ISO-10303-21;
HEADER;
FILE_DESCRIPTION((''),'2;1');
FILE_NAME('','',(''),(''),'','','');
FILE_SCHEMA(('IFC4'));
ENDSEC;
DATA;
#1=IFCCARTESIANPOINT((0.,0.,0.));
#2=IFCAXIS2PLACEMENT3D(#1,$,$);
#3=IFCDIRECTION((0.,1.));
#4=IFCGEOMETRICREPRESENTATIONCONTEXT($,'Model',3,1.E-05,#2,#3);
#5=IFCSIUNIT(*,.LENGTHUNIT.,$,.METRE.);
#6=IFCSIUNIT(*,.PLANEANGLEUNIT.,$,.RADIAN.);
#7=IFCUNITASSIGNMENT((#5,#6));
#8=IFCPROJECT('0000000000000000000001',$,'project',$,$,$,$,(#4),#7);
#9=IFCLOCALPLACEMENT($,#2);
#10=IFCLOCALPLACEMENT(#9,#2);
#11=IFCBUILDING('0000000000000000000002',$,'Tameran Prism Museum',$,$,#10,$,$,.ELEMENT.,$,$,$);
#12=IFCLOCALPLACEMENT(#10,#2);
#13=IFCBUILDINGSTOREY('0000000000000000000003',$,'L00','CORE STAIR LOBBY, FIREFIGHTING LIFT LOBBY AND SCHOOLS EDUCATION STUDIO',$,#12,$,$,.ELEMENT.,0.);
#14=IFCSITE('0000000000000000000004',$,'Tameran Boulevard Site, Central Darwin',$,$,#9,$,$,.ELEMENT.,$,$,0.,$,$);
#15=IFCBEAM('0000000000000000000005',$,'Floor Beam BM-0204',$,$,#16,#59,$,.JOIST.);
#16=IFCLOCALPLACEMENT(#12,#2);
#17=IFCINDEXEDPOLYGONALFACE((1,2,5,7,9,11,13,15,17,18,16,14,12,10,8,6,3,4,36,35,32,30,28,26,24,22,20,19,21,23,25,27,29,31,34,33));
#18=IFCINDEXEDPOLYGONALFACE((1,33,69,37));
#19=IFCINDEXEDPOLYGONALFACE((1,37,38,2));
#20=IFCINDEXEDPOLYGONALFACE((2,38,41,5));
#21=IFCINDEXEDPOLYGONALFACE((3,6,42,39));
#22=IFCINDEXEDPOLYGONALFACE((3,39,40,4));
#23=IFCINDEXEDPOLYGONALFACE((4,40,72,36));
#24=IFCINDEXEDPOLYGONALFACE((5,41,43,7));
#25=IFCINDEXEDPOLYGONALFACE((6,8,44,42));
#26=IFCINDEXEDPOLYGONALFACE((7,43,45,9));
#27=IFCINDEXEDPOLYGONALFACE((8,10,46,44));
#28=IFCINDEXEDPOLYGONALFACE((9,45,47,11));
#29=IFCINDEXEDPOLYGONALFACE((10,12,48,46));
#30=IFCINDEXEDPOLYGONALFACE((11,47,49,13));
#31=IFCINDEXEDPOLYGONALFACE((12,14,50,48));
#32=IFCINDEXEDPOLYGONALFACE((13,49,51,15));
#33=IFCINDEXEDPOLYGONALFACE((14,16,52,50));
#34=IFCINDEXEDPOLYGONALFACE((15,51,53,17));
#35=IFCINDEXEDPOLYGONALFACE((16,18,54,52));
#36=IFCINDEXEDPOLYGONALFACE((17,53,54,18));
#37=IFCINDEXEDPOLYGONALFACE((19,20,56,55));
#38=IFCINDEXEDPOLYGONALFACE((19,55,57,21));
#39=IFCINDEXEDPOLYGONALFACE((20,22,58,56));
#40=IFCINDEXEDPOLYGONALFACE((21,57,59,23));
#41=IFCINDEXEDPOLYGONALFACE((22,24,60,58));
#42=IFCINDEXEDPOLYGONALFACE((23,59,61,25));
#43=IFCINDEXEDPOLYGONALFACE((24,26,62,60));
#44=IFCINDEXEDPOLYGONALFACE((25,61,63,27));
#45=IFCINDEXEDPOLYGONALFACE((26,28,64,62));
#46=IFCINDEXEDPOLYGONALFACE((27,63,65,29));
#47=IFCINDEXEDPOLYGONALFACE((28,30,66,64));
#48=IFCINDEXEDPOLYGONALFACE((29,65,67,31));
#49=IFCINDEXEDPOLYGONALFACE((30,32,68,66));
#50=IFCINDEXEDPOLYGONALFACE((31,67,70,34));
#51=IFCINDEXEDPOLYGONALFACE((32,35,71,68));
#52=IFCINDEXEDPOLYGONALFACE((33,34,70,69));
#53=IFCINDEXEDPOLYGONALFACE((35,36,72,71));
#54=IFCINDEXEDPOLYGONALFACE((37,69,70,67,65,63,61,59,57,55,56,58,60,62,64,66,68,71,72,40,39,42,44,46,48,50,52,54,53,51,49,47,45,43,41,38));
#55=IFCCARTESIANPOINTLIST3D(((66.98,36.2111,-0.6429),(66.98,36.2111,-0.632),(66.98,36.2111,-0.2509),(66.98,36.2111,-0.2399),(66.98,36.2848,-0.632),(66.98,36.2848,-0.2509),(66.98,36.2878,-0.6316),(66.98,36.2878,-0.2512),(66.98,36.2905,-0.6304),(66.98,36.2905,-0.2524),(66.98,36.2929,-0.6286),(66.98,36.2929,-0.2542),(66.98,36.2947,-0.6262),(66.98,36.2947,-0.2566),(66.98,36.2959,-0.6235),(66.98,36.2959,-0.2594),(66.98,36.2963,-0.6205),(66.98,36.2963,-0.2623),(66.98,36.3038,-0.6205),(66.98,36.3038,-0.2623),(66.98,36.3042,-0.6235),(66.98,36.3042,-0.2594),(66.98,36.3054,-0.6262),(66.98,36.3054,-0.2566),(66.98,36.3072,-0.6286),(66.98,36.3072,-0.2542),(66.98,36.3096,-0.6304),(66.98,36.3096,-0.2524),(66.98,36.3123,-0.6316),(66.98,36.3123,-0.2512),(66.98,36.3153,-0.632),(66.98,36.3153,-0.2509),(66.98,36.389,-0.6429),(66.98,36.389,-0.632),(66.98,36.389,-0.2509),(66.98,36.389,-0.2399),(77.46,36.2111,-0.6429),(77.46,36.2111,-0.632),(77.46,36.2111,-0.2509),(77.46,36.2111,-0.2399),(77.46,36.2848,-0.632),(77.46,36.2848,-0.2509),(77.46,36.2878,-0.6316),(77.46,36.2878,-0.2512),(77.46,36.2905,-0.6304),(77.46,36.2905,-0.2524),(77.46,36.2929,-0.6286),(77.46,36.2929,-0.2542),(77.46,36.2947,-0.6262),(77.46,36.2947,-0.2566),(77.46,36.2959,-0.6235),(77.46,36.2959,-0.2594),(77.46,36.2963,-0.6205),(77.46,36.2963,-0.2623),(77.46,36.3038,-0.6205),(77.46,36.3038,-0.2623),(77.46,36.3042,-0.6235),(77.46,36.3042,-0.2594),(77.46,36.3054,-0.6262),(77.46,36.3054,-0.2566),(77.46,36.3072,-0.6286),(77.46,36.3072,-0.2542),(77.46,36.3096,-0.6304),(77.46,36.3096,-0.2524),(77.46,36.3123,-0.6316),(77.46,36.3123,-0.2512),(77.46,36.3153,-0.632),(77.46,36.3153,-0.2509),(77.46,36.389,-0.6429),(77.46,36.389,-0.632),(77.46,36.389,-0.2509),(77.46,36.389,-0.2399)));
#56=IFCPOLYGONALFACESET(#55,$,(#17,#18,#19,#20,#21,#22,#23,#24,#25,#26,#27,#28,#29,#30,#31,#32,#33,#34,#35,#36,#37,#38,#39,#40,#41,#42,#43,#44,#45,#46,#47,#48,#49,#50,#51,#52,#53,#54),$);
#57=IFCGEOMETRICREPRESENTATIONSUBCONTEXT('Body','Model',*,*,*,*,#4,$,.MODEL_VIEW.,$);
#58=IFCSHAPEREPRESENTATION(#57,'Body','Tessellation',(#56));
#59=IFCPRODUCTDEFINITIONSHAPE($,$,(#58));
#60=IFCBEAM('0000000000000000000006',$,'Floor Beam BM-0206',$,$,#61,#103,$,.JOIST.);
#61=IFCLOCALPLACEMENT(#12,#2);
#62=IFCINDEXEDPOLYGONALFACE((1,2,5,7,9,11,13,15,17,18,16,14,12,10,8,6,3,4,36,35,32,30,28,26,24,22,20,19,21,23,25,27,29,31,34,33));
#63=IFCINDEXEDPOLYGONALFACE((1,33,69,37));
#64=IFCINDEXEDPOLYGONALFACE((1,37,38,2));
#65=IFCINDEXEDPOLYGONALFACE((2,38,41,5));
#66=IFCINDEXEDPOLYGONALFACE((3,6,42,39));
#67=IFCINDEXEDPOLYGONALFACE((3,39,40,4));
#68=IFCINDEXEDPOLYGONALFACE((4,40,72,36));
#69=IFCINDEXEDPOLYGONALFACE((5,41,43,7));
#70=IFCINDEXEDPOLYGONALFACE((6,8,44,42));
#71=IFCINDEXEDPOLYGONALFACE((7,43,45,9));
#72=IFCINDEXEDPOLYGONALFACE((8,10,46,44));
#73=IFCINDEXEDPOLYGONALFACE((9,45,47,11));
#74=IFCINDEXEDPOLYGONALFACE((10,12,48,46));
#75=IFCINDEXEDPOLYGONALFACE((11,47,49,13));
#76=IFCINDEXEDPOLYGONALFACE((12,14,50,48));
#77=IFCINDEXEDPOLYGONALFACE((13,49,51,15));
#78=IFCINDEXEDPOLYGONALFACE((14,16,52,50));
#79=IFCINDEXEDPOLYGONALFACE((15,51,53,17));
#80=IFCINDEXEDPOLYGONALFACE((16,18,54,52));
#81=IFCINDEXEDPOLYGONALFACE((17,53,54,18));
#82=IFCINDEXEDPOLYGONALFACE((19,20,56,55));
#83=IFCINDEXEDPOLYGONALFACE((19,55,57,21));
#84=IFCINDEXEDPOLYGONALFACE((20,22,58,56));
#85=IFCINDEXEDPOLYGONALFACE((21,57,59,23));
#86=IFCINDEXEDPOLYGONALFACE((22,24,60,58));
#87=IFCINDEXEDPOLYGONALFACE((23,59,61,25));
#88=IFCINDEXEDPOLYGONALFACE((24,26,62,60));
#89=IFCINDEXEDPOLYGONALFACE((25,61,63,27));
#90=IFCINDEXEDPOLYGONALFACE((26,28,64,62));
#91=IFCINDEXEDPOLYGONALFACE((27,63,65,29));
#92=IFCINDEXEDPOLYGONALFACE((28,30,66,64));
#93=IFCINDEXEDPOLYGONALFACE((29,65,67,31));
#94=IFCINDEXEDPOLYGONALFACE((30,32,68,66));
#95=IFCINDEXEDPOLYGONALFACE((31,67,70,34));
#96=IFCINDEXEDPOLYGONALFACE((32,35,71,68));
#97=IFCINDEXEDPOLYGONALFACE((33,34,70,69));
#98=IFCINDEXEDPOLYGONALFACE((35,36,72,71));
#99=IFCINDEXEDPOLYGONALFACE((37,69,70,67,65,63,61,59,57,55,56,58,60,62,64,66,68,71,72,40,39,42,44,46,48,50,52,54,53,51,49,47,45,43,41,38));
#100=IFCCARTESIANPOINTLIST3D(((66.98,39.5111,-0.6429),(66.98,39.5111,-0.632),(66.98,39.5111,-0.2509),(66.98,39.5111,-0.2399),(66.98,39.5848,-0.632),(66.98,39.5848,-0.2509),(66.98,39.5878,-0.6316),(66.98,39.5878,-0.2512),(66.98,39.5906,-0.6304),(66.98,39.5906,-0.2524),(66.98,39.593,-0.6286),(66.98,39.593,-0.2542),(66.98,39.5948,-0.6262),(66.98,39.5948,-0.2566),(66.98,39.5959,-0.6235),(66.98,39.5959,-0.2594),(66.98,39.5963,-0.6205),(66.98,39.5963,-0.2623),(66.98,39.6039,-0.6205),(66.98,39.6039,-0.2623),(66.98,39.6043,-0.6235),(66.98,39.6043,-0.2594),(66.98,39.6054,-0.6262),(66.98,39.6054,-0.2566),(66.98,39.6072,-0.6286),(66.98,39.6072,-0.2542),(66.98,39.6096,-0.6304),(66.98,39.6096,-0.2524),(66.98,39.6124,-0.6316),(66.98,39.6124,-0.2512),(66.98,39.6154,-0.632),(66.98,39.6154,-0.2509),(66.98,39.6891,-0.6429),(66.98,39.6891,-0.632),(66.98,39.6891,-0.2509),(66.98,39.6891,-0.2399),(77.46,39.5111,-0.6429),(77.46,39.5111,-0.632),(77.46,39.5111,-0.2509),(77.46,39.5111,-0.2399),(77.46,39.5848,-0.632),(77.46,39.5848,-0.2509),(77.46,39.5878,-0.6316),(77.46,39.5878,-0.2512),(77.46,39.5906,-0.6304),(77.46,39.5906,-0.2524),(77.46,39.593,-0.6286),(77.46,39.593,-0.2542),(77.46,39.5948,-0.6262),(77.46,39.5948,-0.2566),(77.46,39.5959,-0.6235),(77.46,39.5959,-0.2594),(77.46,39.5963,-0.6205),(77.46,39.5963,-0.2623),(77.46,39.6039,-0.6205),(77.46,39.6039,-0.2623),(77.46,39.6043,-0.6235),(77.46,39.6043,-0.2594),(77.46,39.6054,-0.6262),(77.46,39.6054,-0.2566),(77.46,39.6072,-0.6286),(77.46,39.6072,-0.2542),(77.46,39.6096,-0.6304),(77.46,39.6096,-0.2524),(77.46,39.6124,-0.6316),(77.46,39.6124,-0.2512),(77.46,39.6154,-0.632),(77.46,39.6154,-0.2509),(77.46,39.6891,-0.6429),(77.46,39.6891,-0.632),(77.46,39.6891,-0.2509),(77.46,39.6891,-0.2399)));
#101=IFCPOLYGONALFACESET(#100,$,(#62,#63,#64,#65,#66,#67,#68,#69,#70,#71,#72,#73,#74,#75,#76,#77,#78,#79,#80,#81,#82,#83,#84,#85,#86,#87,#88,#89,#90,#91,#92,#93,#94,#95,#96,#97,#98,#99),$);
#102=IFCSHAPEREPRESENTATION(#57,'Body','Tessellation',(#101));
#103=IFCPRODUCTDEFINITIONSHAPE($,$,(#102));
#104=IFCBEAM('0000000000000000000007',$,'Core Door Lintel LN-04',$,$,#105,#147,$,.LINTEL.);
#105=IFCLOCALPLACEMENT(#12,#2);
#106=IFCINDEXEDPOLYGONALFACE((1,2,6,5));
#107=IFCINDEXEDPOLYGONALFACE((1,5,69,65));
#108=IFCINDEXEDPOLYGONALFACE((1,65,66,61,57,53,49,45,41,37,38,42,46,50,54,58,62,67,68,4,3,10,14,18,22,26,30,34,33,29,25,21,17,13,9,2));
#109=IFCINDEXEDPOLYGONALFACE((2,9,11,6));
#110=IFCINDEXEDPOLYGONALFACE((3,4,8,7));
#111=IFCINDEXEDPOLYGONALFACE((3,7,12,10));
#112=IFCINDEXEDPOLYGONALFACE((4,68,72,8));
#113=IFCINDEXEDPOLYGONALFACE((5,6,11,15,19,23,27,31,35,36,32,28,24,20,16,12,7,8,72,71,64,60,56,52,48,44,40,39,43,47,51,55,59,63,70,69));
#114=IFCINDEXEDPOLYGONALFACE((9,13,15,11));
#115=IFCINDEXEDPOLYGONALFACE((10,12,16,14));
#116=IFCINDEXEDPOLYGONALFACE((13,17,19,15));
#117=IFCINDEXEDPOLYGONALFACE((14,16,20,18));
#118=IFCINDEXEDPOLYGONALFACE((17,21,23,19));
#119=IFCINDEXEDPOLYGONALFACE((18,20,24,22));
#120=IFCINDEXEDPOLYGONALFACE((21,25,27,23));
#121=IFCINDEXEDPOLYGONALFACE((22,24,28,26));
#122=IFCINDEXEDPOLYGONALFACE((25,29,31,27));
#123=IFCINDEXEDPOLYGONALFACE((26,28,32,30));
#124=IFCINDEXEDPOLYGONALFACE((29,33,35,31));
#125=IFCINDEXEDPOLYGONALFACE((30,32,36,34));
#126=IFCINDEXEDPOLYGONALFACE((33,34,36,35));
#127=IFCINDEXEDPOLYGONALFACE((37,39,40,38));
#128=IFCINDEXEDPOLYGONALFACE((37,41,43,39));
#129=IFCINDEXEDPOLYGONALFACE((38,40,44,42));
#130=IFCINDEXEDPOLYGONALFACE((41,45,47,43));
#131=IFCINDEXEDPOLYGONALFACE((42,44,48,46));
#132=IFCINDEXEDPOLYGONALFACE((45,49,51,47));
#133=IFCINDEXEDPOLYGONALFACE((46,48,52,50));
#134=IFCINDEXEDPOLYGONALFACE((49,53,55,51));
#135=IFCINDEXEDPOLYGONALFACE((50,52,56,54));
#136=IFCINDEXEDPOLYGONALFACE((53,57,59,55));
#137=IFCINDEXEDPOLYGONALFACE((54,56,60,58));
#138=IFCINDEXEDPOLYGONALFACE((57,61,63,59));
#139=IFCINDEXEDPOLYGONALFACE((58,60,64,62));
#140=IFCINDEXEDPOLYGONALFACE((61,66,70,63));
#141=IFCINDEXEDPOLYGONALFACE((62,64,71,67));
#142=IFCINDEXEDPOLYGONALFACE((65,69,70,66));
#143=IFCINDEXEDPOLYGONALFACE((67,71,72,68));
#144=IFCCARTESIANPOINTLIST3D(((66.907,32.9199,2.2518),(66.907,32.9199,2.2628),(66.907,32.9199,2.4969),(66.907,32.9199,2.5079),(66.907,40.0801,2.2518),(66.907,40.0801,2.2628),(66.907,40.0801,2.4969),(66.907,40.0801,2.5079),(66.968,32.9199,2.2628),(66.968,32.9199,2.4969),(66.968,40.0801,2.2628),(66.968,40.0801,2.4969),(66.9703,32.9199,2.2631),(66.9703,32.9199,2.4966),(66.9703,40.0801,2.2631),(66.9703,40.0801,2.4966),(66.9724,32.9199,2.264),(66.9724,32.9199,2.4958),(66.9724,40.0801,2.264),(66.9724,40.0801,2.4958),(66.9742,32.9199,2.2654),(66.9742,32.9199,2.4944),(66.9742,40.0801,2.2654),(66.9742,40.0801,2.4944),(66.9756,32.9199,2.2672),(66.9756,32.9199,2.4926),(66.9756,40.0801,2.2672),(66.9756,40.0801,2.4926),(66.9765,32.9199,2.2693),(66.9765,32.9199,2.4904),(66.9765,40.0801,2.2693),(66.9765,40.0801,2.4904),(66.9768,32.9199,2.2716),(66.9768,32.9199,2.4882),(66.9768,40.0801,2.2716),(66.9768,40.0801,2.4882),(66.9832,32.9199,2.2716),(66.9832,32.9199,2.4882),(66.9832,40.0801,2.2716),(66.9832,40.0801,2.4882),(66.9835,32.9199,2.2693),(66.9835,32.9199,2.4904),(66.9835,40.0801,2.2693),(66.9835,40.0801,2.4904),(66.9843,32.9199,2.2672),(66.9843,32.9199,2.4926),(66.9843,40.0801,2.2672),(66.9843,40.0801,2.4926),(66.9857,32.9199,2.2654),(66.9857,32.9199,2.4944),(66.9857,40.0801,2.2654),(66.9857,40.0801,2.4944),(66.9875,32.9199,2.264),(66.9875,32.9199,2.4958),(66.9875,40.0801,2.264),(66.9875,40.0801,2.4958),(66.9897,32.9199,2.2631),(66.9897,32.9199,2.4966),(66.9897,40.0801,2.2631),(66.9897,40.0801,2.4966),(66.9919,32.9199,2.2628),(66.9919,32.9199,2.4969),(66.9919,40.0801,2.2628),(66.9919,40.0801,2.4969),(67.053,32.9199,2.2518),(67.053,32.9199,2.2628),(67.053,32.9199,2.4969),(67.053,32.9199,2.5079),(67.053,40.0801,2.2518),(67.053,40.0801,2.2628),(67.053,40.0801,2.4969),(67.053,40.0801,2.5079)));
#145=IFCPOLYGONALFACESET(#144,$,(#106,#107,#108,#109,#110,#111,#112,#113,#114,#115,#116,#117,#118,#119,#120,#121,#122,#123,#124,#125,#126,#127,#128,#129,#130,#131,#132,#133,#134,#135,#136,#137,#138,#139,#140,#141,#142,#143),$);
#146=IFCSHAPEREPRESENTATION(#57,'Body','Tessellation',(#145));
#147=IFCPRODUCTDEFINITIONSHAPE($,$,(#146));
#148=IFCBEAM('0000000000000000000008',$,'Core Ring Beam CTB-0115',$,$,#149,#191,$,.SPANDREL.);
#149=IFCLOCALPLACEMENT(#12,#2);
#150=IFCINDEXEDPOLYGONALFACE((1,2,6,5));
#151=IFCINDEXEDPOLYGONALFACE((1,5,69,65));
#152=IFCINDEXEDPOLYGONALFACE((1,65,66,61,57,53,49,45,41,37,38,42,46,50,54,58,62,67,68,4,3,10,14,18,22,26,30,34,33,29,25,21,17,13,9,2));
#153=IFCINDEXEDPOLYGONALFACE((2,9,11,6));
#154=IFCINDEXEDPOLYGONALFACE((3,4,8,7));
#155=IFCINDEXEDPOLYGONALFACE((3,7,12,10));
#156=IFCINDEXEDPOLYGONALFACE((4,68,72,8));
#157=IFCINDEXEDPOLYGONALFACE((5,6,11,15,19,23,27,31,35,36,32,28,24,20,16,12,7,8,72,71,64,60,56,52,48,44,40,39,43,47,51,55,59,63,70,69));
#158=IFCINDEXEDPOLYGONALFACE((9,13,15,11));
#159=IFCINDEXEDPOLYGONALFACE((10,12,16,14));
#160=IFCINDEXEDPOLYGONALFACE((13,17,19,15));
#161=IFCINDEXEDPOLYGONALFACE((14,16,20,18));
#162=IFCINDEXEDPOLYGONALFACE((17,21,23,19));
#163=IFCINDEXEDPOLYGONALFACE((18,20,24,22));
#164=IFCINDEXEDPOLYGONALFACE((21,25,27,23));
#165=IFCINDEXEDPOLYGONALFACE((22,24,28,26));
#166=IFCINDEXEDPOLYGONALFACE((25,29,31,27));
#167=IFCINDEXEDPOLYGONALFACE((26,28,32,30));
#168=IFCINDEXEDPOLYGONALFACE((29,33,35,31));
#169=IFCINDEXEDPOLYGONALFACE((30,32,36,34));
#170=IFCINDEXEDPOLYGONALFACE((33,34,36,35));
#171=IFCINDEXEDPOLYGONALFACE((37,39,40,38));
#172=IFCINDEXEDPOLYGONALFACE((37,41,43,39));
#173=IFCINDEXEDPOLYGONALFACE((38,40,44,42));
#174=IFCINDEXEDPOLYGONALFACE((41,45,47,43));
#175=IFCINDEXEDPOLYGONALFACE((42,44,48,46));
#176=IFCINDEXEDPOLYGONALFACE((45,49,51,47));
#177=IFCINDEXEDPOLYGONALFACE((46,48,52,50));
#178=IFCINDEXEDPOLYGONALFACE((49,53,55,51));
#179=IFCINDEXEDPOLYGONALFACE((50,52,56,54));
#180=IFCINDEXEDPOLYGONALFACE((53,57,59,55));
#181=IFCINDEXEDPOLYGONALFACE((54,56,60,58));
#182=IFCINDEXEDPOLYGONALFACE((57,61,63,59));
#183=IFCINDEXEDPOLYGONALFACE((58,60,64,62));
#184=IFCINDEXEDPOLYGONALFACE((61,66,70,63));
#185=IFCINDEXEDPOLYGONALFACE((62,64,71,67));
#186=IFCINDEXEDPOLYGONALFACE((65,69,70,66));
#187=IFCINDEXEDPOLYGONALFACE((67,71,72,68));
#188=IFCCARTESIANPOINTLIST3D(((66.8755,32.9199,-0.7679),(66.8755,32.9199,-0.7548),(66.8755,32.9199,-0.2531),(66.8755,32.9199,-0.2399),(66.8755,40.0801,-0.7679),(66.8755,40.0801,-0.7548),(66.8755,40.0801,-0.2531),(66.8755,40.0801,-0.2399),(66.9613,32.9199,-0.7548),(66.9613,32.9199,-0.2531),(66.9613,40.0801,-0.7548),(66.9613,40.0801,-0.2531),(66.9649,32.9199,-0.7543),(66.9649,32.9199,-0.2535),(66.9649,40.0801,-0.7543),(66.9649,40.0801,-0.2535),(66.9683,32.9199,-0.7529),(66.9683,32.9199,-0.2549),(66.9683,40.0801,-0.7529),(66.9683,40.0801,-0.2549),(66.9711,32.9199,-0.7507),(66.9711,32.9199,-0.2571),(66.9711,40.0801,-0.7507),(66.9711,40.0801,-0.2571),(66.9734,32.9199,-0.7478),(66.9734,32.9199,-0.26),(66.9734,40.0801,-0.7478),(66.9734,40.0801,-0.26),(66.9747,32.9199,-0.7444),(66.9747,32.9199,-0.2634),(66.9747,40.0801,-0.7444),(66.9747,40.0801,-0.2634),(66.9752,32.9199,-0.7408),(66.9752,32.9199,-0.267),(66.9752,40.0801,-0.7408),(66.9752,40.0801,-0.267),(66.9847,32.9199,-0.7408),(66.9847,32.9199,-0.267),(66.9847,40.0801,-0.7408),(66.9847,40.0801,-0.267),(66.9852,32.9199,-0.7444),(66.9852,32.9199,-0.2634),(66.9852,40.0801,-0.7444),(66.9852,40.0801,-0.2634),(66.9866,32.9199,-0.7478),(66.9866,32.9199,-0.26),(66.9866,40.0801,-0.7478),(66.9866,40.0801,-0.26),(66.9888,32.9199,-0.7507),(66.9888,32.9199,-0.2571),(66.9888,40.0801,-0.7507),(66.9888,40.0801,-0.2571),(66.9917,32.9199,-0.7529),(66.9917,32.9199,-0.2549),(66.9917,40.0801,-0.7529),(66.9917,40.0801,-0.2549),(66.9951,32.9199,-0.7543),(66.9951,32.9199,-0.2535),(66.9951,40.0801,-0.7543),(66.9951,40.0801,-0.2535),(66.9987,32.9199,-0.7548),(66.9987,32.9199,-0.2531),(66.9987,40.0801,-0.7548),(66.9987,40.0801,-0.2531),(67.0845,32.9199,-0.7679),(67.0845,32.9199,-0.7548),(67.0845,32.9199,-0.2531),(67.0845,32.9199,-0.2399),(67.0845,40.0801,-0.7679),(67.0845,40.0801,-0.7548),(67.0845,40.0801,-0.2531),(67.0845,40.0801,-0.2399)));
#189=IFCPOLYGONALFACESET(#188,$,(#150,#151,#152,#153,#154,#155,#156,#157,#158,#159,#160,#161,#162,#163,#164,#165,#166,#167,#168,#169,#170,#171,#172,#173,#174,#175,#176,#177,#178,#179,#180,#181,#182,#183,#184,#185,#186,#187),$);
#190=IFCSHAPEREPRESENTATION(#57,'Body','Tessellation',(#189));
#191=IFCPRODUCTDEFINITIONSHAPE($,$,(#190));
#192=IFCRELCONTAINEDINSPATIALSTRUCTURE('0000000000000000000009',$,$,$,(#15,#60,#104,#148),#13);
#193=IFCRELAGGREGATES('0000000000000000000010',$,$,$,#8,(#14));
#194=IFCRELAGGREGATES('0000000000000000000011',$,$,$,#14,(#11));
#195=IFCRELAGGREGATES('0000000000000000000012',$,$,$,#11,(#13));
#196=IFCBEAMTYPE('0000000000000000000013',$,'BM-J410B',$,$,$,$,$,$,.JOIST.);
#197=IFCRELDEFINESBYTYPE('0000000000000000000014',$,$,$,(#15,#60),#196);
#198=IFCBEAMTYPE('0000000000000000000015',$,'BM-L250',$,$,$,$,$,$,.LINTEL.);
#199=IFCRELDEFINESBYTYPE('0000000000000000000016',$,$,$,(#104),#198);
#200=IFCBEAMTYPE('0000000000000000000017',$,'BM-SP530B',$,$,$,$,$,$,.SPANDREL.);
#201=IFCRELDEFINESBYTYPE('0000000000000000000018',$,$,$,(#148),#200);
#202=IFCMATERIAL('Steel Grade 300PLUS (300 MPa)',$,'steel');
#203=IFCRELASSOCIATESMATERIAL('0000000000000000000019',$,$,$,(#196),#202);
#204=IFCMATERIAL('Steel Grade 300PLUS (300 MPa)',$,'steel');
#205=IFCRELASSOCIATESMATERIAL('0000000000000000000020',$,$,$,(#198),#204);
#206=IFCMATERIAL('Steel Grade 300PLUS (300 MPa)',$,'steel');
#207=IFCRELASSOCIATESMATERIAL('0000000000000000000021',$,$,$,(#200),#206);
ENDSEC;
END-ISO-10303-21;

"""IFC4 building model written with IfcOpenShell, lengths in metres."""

from ifc_helpers import new_model, si_unit, direction, frame, origin, origin_2d, place, context, subcontext, project, spatial, i_section, extrude, material, material_profile, profile_set, type_object, element, save


model = new_model("IFC4")

# Units and contexts
model_context = context("Model", 3, precision=1e-05, world=origin(), true_north=direction((0.0, 1.0)))
body_context = subcontext(model_context, "Body", "Model", "MODEL_VIEW")
ifc_project = project(units=[si_unit("LENGTHUNIT", "METRE"), si_unit("PLANEANGLEUNIT", "RADIAN")], contexts=[model_context])

# Site, building, storey
site_placement = place(None, origin())
site = spatial("IfcSite", under=ifc_project, at=site_placement, Name="Tameran Boulevard Site, Central Darwin", CompositionType="ELEMENT", RefElevation=0.0)
building_placement = place(site_placement, origin())
building = spatial("IfcBuilding", under=site, at=building_placement, Name="Tameran Prism Museum", CompositionType="ELEMENT")
storey_placement = place(building_placement, origin())
storey = spatial("IfcBuildingStorey", under=building, at=storey_placement, Name="L00", Description="CORE STAIR LOBBY, FIREFIGHTING LIFT LOBBY AND SCHOOLS EDUCATION STUDIO", CompositionType="ELEMENT", Elevation=0.0)

# Beams
ifc_material_1 = material(Name="Steel Grade 300PLUS (300 MPa)", Category="steel")
ifc_material_profile_1 = material_profile(ifc_material_1, i_section(OverallWidth=0.178, OverallDepth=0.4031, WebThickness=0.0076, FlangeThickness=0.011, FilletRadius=0.0115, at=origin_2d()))
ifc_profile_set_1 = profile_set([ifc_material_profile_1])
beam_type_1 = type_object("IfcBeamType", Name="BM-J410B", PredefinedType="JOIST", material=ifc_profile_set_1)
for number, where, z_axis, x_axis, name in (
    (1, (66.98, 36.3, -0.4414), (1.0, 0.0, 0.0), (0.0, 1.0, 0.0), "Floor Beam BM-0204"),
    (2, (66.98, 39.6001, -0.4414), (1.0, 0.0, 0.0), (0.0, 1.0, 0.0), "Floor Beam BM-0206"),
):
    element("IfcBeam", number, at=place(storey_placement, frame(where, z_axis=z_axis, x_axis=x_axis)), inside=storey, type_object=beam_type_1, Name=name, PredefinedType="JOIST", context=body_context, shape_type="SweptSolid", body=[
        extrude(i_section(OverallWidth=0.178, OverallDepth=0.4031, WebThickness=0.0076, FlangeThickness=0.011, FilletRadius=0.0115, at=origin_2d()), origin(), (0.0, 0.0, 1.0), 10.48),
    ])
ifc_material_2 = material(Name="Steel Grade 300PLUS (300 MPa)", Category="steel")
ifc_material_profile_2 = material_profile(ifc_material_2, i_section(OverallWidth=0.146, OverallDepth=0.2561, WebThickness=0.0063, FlangeThickness=0.011, FilletRadius=0.0088, at=origin_2d()))
ifc_profile_set_2 = profile_set([ifc_material_profile_2])
beam_type_2 = type_object("IfcBeamType", Name="BM-L250", PredefinedType="LINTEL", material=ifc_profile_set_2)
beam_1_placement = place(storey_placement, frame((66.98, 32.9199, 2.3799), z_axis=(0.0, 1.0, 0.0), x_axis=(-1.0, 0.0, 0.0)))
element("IfcBeam", 3, at=beam_1_placement, inside=storey, type_object=beam_type_2, Name="Core Door Lintel LN-04", PredefinedType="LINTEL", context=body_context, shape_type="SweptSolid", body=[
    extrude(i_section(OverallWidth=0.146, OverallDepth=0.2561, WebThickness=0.0063, FlangeThickness=0.011, FilletRadius=0.0088, at=origin_2d()), origin(), (0.0, 0.0, 1.0), 7.1602),
])
ifc_material_3 = material(Name="Steel Grade 300PLUS (300 MPa)", Category="steel")
ifc_material_profile_3 = material_profile(ifc_material_3, i_section(OverallWidth=0.209, OverallDepth=0.5281, WebThickness=0.0095, FlangeThickness=0.0132, FilletRadius=0.0139, at=origin_2d()))
ifc_profile_set_3 = profile_set([ifc_material_profile_3])
beam_type_3 = type_object("IfcBeamType", Name="BM-SP530B", PredefinedType="SPANDREL", material=ifc_profile_set_3)
beam_2_placement = place(storey_placement, frame((66.98, 32.9199, -0.5039), z_axis=(0.0, 1.0, 0.0), x_axis=(-1.0, 0.0, 0.0)))
element("IfcBeam", 4, at=beam_2_placement, inside=storey, type_object=beam_type_3, Name="Core Ring Beam CTB-0115", PredefinedType="SPANDREL", context=body_context, shape_type="SweptSolid", body=[
    extrude(i_section(OverallWidth=0.209, OverallDepth=0.5281, WebThickness=0.0095, FlangeThickness=0.0132, FilletRadius=0.0139, at=origin_2d()), origin(), (0.0, 0.0, 1.0), 7.1602),
])

save(model, "model.ifc")
